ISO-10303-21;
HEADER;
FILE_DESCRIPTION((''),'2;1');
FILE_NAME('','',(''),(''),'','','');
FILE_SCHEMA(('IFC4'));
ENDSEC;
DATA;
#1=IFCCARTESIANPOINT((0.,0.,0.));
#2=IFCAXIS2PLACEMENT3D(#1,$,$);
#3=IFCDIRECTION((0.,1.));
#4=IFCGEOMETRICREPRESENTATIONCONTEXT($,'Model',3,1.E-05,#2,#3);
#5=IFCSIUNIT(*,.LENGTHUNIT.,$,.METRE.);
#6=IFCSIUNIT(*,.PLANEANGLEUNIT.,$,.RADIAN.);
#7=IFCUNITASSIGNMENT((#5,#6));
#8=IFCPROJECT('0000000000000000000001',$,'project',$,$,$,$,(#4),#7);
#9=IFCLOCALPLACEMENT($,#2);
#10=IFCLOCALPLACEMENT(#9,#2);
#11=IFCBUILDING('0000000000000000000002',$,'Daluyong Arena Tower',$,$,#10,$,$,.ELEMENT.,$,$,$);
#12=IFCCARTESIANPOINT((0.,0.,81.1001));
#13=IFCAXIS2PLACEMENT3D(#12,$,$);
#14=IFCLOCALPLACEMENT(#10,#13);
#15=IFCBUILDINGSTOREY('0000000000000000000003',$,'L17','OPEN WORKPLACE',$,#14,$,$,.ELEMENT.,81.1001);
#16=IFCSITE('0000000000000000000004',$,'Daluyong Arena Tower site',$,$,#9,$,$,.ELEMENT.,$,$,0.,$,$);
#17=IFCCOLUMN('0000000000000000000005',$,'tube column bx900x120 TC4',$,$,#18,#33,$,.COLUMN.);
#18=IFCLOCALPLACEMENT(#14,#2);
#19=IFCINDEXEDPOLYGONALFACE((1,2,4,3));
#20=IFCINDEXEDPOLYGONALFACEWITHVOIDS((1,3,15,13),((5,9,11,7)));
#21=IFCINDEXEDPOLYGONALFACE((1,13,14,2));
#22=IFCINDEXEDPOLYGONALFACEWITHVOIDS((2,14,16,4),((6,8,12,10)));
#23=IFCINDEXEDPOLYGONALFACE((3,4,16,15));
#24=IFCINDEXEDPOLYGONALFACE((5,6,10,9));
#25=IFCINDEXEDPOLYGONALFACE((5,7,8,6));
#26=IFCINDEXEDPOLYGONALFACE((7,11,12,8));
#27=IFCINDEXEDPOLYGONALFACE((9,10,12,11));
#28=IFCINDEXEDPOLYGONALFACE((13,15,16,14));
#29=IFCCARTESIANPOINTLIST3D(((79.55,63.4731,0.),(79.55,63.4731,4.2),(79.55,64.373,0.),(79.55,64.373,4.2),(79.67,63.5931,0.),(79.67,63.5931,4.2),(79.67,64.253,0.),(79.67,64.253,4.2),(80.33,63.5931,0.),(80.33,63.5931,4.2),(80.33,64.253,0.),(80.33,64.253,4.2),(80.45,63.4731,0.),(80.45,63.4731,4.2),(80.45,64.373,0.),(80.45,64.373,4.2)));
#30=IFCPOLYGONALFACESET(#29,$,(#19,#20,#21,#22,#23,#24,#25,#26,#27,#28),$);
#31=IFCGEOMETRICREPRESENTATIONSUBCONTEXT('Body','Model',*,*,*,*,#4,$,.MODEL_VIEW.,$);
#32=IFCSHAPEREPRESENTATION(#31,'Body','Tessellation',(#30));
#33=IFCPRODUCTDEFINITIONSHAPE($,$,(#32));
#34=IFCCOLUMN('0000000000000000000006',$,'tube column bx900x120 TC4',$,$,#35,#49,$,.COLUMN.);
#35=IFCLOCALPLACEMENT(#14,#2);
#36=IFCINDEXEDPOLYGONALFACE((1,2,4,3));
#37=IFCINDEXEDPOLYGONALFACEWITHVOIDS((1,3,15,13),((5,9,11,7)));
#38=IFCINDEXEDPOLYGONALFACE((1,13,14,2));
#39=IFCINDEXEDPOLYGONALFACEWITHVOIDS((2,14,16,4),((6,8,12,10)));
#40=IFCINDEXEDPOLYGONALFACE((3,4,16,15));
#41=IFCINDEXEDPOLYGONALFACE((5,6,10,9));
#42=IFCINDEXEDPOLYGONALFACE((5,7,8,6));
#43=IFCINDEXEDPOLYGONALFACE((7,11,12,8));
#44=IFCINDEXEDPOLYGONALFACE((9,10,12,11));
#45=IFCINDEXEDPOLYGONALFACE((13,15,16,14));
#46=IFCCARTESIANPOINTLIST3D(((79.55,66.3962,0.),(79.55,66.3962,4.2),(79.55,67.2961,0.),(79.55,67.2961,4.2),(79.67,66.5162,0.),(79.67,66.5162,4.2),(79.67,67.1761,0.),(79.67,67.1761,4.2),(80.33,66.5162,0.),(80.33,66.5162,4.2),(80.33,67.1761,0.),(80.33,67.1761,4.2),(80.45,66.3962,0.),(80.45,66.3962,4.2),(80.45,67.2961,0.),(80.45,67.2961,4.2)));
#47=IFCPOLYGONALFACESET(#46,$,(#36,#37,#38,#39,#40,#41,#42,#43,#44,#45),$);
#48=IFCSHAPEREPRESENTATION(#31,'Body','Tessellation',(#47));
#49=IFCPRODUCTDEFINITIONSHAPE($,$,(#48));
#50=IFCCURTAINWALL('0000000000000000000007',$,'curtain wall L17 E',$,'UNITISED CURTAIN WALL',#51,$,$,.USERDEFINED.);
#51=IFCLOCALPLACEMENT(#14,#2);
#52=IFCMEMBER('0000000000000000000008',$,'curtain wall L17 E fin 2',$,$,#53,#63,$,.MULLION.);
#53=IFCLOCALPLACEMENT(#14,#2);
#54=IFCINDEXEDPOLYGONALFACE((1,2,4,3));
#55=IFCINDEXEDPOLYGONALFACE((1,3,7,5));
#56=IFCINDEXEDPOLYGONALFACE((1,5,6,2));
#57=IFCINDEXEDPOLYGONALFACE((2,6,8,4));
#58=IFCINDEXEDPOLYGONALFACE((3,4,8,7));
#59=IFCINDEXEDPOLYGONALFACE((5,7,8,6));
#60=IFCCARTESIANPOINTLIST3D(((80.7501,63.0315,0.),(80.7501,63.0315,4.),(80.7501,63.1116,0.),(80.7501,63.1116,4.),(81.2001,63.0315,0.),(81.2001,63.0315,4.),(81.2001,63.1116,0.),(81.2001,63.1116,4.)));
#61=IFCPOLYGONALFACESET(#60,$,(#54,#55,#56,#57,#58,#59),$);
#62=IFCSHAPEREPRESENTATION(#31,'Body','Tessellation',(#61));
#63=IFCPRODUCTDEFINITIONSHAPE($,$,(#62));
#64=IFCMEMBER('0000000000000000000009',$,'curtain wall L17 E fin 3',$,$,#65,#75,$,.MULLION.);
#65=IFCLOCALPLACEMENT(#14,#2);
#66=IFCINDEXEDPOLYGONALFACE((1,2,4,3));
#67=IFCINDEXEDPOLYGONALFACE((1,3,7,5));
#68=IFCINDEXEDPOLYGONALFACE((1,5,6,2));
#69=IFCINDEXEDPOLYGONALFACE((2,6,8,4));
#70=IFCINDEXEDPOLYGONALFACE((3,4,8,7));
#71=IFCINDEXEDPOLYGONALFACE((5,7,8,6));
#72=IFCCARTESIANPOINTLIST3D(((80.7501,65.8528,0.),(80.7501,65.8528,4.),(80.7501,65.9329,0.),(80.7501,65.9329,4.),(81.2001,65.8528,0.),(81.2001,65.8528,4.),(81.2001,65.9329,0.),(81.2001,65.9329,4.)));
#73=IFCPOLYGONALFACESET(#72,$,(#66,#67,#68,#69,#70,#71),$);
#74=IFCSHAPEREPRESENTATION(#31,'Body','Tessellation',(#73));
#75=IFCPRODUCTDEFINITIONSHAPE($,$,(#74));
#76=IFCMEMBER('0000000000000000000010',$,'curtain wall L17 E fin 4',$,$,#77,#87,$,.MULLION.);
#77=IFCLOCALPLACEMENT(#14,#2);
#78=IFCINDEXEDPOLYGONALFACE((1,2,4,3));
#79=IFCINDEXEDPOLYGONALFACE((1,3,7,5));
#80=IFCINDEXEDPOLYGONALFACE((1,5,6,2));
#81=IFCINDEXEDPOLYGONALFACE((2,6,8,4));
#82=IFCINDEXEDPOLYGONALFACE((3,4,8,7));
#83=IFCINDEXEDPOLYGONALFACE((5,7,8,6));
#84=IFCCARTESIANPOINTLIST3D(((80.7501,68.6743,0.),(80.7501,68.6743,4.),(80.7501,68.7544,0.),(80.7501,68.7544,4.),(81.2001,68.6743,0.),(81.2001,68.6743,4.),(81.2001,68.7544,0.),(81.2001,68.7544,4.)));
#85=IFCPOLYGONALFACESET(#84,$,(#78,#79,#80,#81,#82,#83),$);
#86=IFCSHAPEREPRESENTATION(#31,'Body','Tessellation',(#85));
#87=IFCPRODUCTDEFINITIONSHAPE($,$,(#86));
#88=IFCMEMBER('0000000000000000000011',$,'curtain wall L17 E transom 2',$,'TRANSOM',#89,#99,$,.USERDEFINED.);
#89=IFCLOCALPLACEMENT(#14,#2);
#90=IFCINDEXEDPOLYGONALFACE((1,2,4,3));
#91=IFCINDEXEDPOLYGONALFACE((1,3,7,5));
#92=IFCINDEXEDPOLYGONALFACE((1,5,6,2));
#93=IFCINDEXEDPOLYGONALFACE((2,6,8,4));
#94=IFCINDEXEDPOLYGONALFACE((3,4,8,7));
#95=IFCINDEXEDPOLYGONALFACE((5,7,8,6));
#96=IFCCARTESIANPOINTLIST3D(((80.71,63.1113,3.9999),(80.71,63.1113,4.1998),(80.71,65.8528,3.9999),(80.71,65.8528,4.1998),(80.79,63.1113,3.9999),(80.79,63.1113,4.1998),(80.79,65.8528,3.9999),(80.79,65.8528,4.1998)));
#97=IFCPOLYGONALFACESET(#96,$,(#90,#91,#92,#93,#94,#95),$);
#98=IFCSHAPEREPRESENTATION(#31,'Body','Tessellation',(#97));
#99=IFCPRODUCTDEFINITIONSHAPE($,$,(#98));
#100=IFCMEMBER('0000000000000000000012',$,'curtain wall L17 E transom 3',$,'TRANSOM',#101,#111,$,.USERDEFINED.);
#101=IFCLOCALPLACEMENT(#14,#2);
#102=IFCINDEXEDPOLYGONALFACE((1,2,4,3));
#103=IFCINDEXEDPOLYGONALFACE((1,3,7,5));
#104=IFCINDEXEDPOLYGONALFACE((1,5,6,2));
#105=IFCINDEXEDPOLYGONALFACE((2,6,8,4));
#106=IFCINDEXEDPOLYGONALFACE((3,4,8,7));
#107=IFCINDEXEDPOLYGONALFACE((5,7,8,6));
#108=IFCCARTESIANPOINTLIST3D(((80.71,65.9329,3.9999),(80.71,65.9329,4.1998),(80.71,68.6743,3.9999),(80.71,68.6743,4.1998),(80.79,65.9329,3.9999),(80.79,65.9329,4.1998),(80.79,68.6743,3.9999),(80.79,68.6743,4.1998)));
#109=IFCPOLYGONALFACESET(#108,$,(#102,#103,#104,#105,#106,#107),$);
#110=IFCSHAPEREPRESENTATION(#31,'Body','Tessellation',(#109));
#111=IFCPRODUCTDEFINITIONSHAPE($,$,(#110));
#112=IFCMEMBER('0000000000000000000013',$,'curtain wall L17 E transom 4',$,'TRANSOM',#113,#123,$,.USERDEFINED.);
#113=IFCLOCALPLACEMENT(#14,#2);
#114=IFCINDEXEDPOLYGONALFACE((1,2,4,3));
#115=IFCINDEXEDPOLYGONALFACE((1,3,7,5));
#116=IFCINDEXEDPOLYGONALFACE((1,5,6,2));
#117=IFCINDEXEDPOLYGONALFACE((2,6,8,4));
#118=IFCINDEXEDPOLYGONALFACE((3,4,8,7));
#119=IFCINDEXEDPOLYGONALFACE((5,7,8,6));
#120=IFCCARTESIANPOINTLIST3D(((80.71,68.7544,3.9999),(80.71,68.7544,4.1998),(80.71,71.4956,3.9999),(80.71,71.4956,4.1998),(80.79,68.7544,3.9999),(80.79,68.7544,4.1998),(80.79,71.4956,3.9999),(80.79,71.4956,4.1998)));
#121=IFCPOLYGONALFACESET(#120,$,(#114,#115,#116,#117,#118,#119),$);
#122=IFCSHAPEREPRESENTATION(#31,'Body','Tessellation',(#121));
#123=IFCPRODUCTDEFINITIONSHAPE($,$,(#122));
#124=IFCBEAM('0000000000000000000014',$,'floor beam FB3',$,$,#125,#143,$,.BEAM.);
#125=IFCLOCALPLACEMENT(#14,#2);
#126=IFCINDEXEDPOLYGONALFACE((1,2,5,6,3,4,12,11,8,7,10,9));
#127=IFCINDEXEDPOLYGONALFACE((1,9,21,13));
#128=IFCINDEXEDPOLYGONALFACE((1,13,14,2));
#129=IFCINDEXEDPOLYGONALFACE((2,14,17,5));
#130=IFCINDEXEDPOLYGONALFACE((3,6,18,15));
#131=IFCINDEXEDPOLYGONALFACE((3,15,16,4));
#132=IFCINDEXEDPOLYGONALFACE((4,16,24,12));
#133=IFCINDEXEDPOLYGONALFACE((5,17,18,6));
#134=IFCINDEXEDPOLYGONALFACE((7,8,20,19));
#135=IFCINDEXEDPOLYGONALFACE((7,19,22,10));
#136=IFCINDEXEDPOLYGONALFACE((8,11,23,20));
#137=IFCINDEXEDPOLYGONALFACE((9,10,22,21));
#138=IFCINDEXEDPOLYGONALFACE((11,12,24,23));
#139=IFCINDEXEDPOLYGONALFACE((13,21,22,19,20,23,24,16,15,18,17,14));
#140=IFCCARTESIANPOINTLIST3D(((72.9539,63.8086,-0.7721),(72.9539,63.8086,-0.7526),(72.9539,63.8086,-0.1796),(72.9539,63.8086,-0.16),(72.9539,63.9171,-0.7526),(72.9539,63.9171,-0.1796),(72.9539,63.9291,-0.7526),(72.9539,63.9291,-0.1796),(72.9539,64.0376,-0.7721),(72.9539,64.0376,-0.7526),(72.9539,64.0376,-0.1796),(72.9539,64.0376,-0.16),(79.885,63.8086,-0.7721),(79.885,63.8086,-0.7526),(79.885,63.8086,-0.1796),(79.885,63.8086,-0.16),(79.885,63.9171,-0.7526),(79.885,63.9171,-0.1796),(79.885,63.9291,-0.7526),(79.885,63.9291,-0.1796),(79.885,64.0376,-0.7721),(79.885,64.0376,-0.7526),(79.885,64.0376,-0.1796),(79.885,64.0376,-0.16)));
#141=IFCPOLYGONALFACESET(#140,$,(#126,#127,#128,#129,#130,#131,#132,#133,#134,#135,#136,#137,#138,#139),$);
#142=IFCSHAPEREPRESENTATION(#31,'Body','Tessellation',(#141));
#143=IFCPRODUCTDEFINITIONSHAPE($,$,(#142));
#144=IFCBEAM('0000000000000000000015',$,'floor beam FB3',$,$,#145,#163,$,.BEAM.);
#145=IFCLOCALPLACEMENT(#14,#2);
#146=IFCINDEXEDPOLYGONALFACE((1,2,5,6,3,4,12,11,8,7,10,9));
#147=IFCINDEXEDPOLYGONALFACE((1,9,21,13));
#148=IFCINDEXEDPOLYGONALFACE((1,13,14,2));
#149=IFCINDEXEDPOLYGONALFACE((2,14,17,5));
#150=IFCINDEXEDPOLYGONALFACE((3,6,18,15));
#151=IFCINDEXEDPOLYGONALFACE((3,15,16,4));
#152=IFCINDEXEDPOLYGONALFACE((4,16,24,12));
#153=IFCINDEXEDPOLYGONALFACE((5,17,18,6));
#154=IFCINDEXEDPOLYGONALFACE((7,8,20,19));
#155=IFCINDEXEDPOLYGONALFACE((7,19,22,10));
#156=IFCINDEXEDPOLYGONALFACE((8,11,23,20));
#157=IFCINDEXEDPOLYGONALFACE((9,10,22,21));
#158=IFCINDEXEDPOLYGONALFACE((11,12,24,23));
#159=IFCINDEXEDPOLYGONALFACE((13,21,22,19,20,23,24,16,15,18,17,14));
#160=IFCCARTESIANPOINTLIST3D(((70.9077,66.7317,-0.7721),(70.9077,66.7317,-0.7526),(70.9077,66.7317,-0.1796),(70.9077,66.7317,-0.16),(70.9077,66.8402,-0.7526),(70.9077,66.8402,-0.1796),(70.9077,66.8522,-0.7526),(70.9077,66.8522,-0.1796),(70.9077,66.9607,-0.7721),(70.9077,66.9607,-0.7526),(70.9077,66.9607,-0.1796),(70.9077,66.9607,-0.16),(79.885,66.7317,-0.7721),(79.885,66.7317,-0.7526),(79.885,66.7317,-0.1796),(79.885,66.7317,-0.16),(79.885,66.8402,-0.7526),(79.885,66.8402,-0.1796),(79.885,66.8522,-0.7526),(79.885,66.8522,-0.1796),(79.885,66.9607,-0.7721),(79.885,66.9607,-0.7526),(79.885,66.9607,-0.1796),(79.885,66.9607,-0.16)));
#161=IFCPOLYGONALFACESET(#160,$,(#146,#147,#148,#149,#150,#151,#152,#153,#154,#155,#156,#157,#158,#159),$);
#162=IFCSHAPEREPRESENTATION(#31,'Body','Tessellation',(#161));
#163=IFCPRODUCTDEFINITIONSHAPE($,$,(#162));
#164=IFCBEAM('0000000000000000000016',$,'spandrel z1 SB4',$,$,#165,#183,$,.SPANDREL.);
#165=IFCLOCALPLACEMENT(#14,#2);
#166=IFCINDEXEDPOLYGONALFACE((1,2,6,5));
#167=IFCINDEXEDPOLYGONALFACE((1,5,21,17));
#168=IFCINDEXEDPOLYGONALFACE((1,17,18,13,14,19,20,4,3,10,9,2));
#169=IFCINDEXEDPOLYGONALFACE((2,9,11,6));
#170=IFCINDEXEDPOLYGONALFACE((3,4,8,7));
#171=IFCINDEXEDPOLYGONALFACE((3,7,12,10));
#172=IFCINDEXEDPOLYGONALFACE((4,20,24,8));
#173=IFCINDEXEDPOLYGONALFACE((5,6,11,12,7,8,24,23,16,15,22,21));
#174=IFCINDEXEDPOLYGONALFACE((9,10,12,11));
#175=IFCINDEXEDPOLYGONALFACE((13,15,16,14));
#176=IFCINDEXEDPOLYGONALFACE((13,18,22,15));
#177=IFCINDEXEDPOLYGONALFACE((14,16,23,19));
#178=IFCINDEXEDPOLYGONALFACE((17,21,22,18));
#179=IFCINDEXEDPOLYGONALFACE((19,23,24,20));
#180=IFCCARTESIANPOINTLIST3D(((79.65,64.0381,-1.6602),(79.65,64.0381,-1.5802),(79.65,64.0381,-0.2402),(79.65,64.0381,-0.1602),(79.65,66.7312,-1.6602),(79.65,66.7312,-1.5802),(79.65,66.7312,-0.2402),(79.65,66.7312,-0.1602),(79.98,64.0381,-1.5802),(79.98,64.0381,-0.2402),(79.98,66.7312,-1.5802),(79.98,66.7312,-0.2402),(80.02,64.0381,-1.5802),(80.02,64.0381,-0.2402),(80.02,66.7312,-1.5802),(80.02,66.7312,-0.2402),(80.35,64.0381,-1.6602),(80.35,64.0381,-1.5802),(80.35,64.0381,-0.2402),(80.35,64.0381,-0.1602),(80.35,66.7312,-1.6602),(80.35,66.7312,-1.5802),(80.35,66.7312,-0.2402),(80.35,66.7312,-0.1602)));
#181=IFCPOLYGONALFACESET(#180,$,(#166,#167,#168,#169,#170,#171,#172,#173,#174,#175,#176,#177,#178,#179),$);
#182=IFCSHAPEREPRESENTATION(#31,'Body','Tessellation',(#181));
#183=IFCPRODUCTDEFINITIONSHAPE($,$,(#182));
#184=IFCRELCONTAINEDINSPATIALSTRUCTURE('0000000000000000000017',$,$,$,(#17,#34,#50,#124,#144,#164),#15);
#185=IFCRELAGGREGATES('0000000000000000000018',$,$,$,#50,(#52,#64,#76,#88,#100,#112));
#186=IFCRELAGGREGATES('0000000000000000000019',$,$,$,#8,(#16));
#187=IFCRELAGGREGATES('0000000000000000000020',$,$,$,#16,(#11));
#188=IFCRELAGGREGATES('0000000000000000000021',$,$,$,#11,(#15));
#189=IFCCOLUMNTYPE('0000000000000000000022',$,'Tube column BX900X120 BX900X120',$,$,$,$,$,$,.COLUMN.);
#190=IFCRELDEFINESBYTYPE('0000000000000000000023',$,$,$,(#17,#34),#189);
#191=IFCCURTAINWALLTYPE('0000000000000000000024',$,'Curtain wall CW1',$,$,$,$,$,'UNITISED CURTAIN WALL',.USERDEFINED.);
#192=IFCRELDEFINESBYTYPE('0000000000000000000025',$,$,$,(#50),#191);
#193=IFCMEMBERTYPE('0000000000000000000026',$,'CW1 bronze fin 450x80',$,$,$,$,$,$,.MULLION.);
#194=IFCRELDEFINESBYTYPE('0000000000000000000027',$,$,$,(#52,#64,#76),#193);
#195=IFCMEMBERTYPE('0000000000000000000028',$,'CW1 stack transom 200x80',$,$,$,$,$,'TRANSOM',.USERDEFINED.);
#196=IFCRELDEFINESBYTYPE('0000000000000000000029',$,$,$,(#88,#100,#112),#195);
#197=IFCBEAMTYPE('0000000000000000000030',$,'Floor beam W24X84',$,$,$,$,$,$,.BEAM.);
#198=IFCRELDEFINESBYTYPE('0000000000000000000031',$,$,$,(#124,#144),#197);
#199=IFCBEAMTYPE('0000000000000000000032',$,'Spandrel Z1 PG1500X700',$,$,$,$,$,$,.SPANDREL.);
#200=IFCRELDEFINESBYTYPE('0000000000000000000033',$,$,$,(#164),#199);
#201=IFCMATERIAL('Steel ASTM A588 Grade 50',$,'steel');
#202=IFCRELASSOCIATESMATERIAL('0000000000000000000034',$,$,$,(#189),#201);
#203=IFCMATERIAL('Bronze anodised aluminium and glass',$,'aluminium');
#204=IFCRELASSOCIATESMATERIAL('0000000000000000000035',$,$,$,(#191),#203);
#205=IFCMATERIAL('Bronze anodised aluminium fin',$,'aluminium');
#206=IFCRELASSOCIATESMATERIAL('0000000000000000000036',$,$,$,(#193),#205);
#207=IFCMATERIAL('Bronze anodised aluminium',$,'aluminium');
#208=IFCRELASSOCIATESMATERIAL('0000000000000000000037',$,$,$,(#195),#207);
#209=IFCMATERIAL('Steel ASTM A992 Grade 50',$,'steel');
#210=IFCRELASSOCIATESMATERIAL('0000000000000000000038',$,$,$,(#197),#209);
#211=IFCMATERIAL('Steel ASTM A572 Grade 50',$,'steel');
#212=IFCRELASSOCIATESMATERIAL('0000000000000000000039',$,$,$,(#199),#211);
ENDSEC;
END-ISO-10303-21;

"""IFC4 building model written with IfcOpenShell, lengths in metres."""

from ifc_helpers import new_model, si_unit, direction, frame, origin, origin_2d, place, context, subcontext, project, spatial, rectangle, hollow_rectangle, i_section, extrude, material, material_profile, profile_set, type_object, element, aggregate, save


model = new_model("IFC4")

# Units and contexts
model_context = context("Model", 3, precision=1e-05, world=origin(), true_north=direction((0.0, 1.0)))
body_context = subcontext(model_context, "Body", "Model", "MODEL_VIEW")
ifc_project = project(units=[si_unit("LENGTHUNIT", "METRE"), si_unit("PLANEANGLEUNIT", "RADIAN")], contexts=[model_context])

# Site, building, storey
site_placement = place(None, origin())
site = spatial("IfcSite", under=ifc_project, at=site_placement, Name="Daluyong Arena Tower site", CompositionType="ELEMENT", RefElevation=0.0)
building_placement = place(site_placement, origin())
building = spatial("IfcBuilding", under=site, at=building_placement, Name="Daluyong Arena Tower", CompositionType="ELEMENT")
storey_placement = place(building_placement, frame((0.0, 0.0, 81.1001)))
storey = spatial("IfcBuildingStorey", under=building, at=storey_placement, Name="L17", Description="OPEN WORKPLACE", CompositionType="ELEMENT", Elevation=81.1001)

# Columns
ifc_material_1 = material(Name="Steel ASTM A588 Grade 50", Category="steel")
ifc_material_profile_1 = material_profile(ifc_material_1, hollow_rectangle(XDim=0.8999, YDim=0.8999, WallThickness=0.12, at=origin_2d()))
ifc_profile_set_1 = profile_set([ifc_material_profile_1], Name="Steel ASTM A588 Grade 50")
column_type = type_object("IfcColumnType", Name="Tube column BX900X120 BX900X120", PredefinedType="COLUMN", material=ifc_profile_set_1)
for number, where, z_axis, x_axis, name in (
    (1, (80.0, 63.9231, 0.0), (0.0, 0.0, 1.0), (0.0, 1.0, 0.0), "tube column bx900x120 TC4"),
    (2, (80.0, 66.8462, 0.0), (0.0, 0.0, 1.0), (0.0, 1.0, 0.0), "tube column bx900x120 TC4"),
):
    element("IfcColumn", number, at=place(storey_placement, frame(where, z_axis=z_axis, x_axis=x_axis)), inside=storey, type_object=column_type, Name=name, PredefinedType="COLUMN", context=body_context, shape_type="SweptSolid", body=[
        extrude(hollow_rectangle(XDim=0.8999, YDim=0.8999, WallThickness=0.12, at=origin_2d()), origin(), (0.0, 0.0, 1.0), 4.2),
    ])

# Curtain wall, members
ifc_material_2 = material(Name="Bronze anodised aluminium and glass", Category="aluminium")
curtain_wall_type = type_object("IfcCurtainWallType", Name="Curtain wall CW1", ElementType="UNITISED CURTAIN WALL", PredefinedType="USERDEFINED", material=ifc_material_2)
curtain_wall_placement = place(storey_placement, origin())
curtain_wall = element("IfcCurtainWall", 3, at=curtain_wall_placement, inside=storey, type_object=curtain_wall_type, Name="curtain wall L17 E", ObjectType="UNITISED CURTAIN WALL", PredefinedType="USERDEFINED")
ifc_material_3 = material(Name="Bronze anodised aluminium fin", Category="aluminium")
ifc_material_profile_2 = material_profile(ifc_material_3, rectangle(XDim=0.45, YDim=0.0801, at=origin_2d()))
ifc_profile_set_2 = profile_set([ifc_material_profile_2], Name="Bronze anodised aluminium fin")
member_type_1 = type_object("IfcMemberType", Name="CW1 bronze fin 450x80", PredefinedType="MULLION", material=ifc_profile_set_2)
member_1_placement = place(storey_placement, frame((80.9751, 63.0715, 0.0), z_axis=(0.0, 0.0, 1.0), x_axis=(-1.0, 0.0, 0.0)))
member_1 = element("IfcMember", 4, at=member_1_placement, type_object=member_type_1, Name="curtain wall L17 E fin 2", PredefinedType="MULLION", context=body_context, shape_type="SweptSolid", body=[
    extrude(rectangle(XDim=0.45, YDim=0.0801, at=origin_2d()), origin(), (0.0, 0.0, 1.0), 4.0),
])
member_2_placement = place(storey_placement, frame((80.9751, 65.8928, 0.0), z_axis=(0.0, 0.0, 1.0), x_axis=(-1.0, 0.0, 0.0)))
member_2 = element("IfcMember", 5, at=member_2_placement, type_object=member_type_1, Name="curtain wall L17 E fin 3", PredefinedType="MULLION", context=body_context, shape_type="SweptSolid", body=[
    extrude(rectangle(XDim=0.45, YDim=0.0801, at=origin_2d()), origin(), (0.0, 0.0, 1.0), 4.0),
])
member_3_placement = place(storey_placement, frame((80.9751, 68.7144, 0.0), z_axis=(0.0, 0.0, 1.0), x_axis=(-1.0, 0.0, 0.0)))
member_3 = element("IfcMember", 6, at=member_3_placement, type_object=member_type_1, Name="curtain wall L17 E fin 4", PredefinedType="MULLION", context=body_context, shape_type="SweptSolid", body=[
    extrude(rectangle(XDim=0.45, YDim=0.0801, at=origin_2d()), origin(), (0.0, 0.0, 1.0), 4.0),
])
ifc_material_4 = material(Name="Bronze anodised aluminium", Category="aluminium")
ifc_material_profile_3 = material_profile(ifc_material_4, rectangle(XDim=0.0801, YDim=0.2, at=origin_2d()))
ifc_profile_set_3 = profile_set([ifc_material_profile_3], Name="Bronze anodised aluminium")
member_type_2 = type_object("IfcMemberType", Name="CW1 stack transom 200x80", ElementType="TRANSOM", PredefinedType="USERDEFINED", material=ifc_profile_set_3)
member_4_placement = place(storey_placement, frame((80.75, 63.1113, 4.0999), z_axis=(0.0, 1.0, 0.0), x_axis=(-1.0, 0.0, 0.0)))
member_4 = element("IfcMember", 7, at=member_4_placement, type_object=member_type_2, Name="curtain wall L17 E transom 2", ObjectType="TRANSOM", PredefinedType="USERDEFINED", context=body_context, shape_type="SweptSolid", body=[
    extrude(rectangle(XDim=0.0801, YDim=0.2, at=origin_2d()), origin(), (0.0, 0.0, 1.0), 2.7415),
])
member_5_placement = place(storey_placement, frame((80.75, 65.9329, 4.0999), z_axis=(0.0, 1.0, 0.0), x_axis=(-1.0, 0.0, 0.0)))
member_5 = element("IfcMember", 8, at=member_5_placement, type_object=member_type_2, Name="curtain wall L17 E transom 3", ObjectType="TRANSOM", PredefinedType="USERDEFINED", context=body_context, shape_type="SweptSolid", body=[
    extrude(rectangle(XDim=0.0801, YDim=0.2, at=origin_2d()), origin(), (0.0, 0.0, 1.0), 2.7415),
])
member_6_placement = place(storey_placement, frame((80.75, 68.7544, 4.0999), z_axis=(0.0, 1.0, 0.0), x_axis=(-1.0, 0.0, 0.0)))
member_6 = element("IfcMember", 9, at=member_6_placement, type_object=member_type_2, Name="curtain wall L17 E transom 4", ObjectType="TRANSOM", PredefinedType="USERDEFINED", context=body_context, shape_type="SweptSolid", body=[
    extrude(rectangle(XDim=0.0801, YDim=0.2, at=origin_2d()), origin(), (0.0, 0.0, 1.0), 2.7412),
])

# Beams
ifc_material_5 = material(Name="Steel ASTM A992 Grade 50", Category="steel")
ifc_material_profile_4 = material_profile(ifc_material_5, i_section(OverallWidth=0.229, OverallDepth=0.6121, WebThickness=0.012, FlangeThickness=0.0195, at=origin_2d()))
ifc_profile_set_4 = profile_set([ifc_material_profile_4], Name="Steel ASTM A992 Grade 50")
beam_type_1 = type_object("IfcBeamType", Name="Floor beam W24X84", PredefinedType="BEAM", material=ifc_profile_set_4)
beam_1_placement = place(storey_placement, frame((79.885, 63.9231, -0.4661), z_axis=(-1.0, 0.0, 0.0), x_axis=(0.0, -1.0, 0.0)))
element("IfcBeam", 10, at=beam_1_placement, inside=storey, type_object=beam_type_1, Name="floor beam FB3", PredefinedType="BEAM", context=body_context, shape_type="SweptSolid", body=[
    extrude(i_section(OverallWidth=0.229, OverallDepth=0.6121, WebThickness=0.012, FlangeThickness=0.0195, at=origin_2d()), origin(), (0.0, 0.0, 1.0), 6.9312),
])
beam_2_placement = place(storey_placement, frame((79.885, 66.8462, -0.4661), z_axis=(-1.0, 0.0, 0.0), x_axis=(0.0, -1.0, 0.0)))
element("IfcBeam", 11, at=beam_2_placement, inside=storey, type_object=beam_type_1, Name="floor beam FB3", PredefinedType="BEAM", context=body_context, shape_type="SweptSolid", body=[
    extrude(i_section(OverallWidth=0.229, OverallDepth=0.6121, WebThickness=0.012, FlangeThickness=0.0195, at=origin_2d()), origin(), (0.0, 0.0, 1.0), 8.9773),
])
ifc_material_6 = material(Name="Steel ASTM A572 Grade 50", Category="steel")
ifc_material_profile_5 = material_profile(ifc_material_6, i_section(OverallWidth=0.7, OverallDepth=1.5, WebThickness=0.04, FlangeThickness=0.08, at=origin_2d()))
ifc_profile_set_5 = profile_set([ifc_material_profile_5], Name="Steel ASTM A572 Grade 50")
beam_type_2 = type_object("IfcBeamType", Name="Spandrel Z1 PG1500X700", PredefinedType="SPANDREL", material=ifc_profile_set_5)
for number, where, z_axis, x_axis, name in (
    (12, (80.0, 64.0381, -0.9102), (0.0, 1.0, 0.0), (-1.0, 0.0, 0.0), "spandrel z1 SB4"),
):
    element("IfcBeam", number, at=place(storey_placement, frame(where, z_axis=z_axis, x_axis=x_axis)), inside=storey, type_object=beam_type_2, Name=name, PredefinedType="SPANDREL", context=body_context, shape_type="SweptSolid", body=[
        extrude(i_section(OverallWidth=0.7, OverallDepth=1.5, WebThickness=0.04, FlangeThickness=0.08, at=origin_2d()), origin(), (0.0, 0.0, 1.0), 2.6931),
    ])

aggregate(curtain_wall, [member_1, member_2, member_3, member_4, member_5, member_6])

save(model, "model.ifc")
